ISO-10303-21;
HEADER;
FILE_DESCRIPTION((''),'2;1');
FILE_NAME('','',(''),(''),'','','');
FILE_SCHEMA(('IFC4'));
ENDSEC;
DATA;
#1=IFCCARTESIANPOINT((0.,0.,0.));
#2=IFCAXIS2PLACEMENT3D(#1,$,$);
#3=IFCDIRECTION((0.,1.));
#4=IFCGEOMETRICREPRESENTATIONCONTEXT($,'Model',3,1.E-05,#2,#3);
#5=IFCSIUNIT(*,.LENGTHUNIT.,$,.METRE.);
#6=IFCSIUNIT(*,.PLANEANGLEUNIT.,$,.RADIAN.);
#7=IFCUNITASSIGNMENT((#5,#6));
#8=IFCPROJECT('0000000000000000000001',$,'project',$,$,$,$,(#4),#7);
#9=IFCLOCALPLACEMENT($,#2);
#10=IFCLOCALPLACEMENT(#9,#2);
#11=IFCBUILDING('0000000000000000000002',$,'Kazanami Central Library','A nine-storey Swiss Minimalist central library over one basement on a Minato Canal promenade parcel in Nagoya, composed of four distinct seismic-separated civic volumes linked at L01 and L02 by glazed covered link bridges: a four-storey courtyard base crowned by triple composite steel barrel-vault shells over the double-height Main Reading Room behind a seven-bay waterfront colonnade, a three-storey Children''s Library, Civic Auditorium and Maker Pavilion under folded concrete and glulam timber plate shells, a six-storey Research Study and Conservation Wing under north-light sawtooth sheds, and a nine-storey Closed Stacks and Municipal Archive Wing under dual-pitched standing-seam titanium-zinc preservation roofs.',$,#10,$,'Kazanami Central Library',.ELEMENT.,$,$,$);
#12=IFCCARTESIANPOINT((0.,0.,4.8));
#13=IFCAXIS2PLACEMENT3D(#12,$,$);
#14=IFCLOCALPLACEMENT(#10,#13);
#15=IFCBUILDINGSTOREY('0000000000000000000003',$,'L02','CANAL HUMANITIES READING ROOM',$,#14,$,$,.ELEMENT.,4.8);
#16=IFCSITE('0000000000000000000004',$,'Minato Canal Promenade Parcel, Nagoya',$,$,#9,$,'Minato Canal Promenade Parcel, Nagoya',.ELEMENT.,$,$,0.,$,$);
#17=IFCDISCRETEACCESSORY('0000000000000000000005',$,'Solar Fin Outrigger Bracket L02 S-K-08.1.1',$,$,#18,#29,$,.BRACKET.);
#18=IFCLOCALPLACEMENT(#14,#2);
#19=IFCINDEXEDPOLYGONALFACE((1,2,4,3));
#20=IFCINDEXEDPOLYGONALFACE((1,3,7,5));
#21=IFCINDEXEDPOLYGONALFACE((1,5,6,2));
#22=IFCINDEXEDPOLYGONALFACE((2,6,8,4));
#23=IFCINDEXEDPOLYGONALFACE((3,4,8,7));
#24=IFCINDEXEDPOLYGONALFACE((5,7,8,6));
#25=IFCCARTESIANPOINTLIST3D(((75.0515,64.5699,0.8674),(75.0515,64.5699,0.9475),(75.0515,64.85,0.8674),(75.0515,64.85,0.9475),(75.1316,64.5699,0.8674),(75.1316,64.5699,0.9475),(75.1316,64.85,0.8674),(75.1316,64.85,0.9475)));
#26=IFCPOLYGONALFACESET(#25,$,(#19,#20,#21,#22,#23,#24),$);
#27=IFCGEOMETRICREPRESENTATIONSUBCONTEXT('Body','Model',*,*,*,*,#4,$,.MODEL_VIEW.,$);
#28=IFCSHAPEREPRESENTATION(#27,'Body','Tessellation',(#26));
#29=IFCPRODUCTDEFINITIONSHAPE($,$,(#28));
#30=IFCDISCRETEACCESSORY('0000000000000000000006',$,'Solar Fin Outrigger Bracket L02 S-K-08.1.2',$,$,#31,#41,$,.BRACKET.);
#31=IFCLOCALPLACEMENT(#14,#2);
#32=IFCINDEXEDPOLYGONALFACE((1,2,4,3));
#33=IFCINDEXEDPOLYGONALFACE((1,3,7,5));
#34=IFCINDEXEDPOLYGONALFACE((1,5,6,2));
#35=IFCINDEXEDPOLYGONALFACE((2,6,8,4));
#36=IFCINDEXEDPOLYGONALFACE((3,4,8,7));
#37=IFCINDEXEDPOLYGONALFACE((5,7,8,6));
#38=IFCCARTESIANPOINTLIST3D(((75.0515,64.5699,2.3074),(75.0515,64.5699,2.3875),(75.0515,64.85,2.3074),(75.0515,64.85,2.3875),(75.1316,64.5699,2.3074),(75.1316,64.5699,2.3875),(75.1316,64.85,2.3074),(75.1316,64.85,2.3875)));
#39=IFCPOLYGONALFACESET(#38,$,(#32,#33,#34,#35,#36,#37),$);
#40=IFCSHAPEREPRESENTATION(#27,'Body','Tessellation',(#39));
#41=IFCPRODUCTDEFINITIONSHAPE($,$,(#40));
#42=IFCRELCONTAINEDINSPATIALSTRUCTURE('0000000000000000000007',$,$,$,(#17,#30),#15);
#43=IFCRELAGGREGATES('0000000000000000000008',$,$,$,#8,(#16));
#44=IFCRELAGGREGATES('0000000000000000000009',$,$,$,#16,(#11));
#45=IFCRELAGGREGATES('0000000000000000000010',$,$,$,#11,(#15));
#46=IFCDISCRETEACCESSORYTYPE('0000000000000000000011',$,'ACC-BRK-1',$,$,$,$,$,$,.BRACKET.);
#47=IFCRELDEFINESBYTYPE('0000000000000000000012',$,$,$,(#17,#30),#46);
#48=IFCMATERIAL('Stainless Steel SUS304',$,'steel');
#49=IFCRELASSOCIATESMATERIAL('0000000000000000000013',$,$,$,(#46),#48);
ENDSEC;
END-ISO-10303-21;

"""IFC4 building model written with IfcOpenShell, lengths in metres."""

from ifc_helpers import new_model, si_unit, direction, frame, origin, origin_2d, place, context, subcontext, project, spatial, rectangle, extrude, material, type_object, element, save


model = new_model("IFC4")

# Units and contexts
model_context = context("Model", 3, precision=1e-05, world=origin(), true_north=direction((0.0, 1.0)))
body_context = subcontext(model_context, "Body", "Model", "MODEL_VIEW")
ifc_project = project(units=[si_unit("LENGTHUNIT", "METRE"), si_unit("PLANEANGLEUNIT", "RADIAN")], contexts=[model_context])

# Site, building, storey
site_placement = place(None, origin())
site = spatial("IfcSite", under=ifc_project, at=site_placement, Name="Minato Canal Promenade Parcel, Nagoya", LongName="Minato Canal Promenade Parcel, Nagoya", CompositionType="ELEMENT", RefElevation=0.0)
building_placement = place(site_placement, origin())
building = spatial("IfcBuilding", under=site, at=building_placement, Name="Kazanami Central Library", Description="A nine-storey Swiss Minimalist central library over one basement on a Minato Canal promenade parcel in Nagoya, composed of four distinct seismic-separated civic volumes linked at L01 and L02 by glazed covered link bridges: a four-storey courtyard base crowned by triple composite steel barrel-vault shells over the double-height Main Reading Room behind a seven-bay waterfront colonnade, a three-storey Children's Library, Civic Auditorium and Maker Pavilion under folded concrete and glulam timber plate shells, a six-storey Research Study and Conservation Wing under north-light sawtooth sheds, and a nine-storey Closed Stacks and Municipal Archive Wing under dual-pitched standing-seam titanium-zinc preservation roofs.", LongName="Kazanami Central Library", CompositionType="ELEMENT")
storey_placement = place(building_placement, frame((0.0, 0.0, 4.8)))
storey = spatial("IfcBuildingStorey", under=building, at=storey_placement, Name="L02", Description="CANAL HUMANITIES READING ROOM", CompositionType="ELEMENT", Elevation=4.8)

# Discrete accessories
ifc_material_1 = material(Name="Stainless Steel SUS304", Category="steel")
discrete_accessory_type = type_object("IfcDiscreteAccessoryType", Name="ACC-BRK-1", PredefinedType="BRACKET", material=ifc_material_1)
for number, where, z_axis, x_axis, name in (
    (1, (75.0916, 64.71, 0.8674), (0.0, 0.0, 1.0), (1.0, 0.0, 0.0), "Solar Fin Outrigger Bracket L02 S-K-08.1.1"),
    (2, (75.0916, 64.71, 2.3074), (0.0, 0.0, 1.0), (1.0, 0.0, 0.0), "Solar Fin Outrigger Bracket L02 S-K-08.1.2"),
):
    element("IfcDiscreteAccessory", number, at=place(storey_placement, frame(where, z_axis=z_axis, x_axis=x_axis)), inside=storey, type_object=discrete_accessory_type, Name=name, PredefinedType="BRACKET", context=body_context, shape_type="SweptSolid", body=[
        extrude(rectangle(XDim=0.0801, YDim=0.28, at=origin_2d()), origin(), (0.0, 0.0, 1.0), 0.0801),
    ])

save(model, "model.ifc")
